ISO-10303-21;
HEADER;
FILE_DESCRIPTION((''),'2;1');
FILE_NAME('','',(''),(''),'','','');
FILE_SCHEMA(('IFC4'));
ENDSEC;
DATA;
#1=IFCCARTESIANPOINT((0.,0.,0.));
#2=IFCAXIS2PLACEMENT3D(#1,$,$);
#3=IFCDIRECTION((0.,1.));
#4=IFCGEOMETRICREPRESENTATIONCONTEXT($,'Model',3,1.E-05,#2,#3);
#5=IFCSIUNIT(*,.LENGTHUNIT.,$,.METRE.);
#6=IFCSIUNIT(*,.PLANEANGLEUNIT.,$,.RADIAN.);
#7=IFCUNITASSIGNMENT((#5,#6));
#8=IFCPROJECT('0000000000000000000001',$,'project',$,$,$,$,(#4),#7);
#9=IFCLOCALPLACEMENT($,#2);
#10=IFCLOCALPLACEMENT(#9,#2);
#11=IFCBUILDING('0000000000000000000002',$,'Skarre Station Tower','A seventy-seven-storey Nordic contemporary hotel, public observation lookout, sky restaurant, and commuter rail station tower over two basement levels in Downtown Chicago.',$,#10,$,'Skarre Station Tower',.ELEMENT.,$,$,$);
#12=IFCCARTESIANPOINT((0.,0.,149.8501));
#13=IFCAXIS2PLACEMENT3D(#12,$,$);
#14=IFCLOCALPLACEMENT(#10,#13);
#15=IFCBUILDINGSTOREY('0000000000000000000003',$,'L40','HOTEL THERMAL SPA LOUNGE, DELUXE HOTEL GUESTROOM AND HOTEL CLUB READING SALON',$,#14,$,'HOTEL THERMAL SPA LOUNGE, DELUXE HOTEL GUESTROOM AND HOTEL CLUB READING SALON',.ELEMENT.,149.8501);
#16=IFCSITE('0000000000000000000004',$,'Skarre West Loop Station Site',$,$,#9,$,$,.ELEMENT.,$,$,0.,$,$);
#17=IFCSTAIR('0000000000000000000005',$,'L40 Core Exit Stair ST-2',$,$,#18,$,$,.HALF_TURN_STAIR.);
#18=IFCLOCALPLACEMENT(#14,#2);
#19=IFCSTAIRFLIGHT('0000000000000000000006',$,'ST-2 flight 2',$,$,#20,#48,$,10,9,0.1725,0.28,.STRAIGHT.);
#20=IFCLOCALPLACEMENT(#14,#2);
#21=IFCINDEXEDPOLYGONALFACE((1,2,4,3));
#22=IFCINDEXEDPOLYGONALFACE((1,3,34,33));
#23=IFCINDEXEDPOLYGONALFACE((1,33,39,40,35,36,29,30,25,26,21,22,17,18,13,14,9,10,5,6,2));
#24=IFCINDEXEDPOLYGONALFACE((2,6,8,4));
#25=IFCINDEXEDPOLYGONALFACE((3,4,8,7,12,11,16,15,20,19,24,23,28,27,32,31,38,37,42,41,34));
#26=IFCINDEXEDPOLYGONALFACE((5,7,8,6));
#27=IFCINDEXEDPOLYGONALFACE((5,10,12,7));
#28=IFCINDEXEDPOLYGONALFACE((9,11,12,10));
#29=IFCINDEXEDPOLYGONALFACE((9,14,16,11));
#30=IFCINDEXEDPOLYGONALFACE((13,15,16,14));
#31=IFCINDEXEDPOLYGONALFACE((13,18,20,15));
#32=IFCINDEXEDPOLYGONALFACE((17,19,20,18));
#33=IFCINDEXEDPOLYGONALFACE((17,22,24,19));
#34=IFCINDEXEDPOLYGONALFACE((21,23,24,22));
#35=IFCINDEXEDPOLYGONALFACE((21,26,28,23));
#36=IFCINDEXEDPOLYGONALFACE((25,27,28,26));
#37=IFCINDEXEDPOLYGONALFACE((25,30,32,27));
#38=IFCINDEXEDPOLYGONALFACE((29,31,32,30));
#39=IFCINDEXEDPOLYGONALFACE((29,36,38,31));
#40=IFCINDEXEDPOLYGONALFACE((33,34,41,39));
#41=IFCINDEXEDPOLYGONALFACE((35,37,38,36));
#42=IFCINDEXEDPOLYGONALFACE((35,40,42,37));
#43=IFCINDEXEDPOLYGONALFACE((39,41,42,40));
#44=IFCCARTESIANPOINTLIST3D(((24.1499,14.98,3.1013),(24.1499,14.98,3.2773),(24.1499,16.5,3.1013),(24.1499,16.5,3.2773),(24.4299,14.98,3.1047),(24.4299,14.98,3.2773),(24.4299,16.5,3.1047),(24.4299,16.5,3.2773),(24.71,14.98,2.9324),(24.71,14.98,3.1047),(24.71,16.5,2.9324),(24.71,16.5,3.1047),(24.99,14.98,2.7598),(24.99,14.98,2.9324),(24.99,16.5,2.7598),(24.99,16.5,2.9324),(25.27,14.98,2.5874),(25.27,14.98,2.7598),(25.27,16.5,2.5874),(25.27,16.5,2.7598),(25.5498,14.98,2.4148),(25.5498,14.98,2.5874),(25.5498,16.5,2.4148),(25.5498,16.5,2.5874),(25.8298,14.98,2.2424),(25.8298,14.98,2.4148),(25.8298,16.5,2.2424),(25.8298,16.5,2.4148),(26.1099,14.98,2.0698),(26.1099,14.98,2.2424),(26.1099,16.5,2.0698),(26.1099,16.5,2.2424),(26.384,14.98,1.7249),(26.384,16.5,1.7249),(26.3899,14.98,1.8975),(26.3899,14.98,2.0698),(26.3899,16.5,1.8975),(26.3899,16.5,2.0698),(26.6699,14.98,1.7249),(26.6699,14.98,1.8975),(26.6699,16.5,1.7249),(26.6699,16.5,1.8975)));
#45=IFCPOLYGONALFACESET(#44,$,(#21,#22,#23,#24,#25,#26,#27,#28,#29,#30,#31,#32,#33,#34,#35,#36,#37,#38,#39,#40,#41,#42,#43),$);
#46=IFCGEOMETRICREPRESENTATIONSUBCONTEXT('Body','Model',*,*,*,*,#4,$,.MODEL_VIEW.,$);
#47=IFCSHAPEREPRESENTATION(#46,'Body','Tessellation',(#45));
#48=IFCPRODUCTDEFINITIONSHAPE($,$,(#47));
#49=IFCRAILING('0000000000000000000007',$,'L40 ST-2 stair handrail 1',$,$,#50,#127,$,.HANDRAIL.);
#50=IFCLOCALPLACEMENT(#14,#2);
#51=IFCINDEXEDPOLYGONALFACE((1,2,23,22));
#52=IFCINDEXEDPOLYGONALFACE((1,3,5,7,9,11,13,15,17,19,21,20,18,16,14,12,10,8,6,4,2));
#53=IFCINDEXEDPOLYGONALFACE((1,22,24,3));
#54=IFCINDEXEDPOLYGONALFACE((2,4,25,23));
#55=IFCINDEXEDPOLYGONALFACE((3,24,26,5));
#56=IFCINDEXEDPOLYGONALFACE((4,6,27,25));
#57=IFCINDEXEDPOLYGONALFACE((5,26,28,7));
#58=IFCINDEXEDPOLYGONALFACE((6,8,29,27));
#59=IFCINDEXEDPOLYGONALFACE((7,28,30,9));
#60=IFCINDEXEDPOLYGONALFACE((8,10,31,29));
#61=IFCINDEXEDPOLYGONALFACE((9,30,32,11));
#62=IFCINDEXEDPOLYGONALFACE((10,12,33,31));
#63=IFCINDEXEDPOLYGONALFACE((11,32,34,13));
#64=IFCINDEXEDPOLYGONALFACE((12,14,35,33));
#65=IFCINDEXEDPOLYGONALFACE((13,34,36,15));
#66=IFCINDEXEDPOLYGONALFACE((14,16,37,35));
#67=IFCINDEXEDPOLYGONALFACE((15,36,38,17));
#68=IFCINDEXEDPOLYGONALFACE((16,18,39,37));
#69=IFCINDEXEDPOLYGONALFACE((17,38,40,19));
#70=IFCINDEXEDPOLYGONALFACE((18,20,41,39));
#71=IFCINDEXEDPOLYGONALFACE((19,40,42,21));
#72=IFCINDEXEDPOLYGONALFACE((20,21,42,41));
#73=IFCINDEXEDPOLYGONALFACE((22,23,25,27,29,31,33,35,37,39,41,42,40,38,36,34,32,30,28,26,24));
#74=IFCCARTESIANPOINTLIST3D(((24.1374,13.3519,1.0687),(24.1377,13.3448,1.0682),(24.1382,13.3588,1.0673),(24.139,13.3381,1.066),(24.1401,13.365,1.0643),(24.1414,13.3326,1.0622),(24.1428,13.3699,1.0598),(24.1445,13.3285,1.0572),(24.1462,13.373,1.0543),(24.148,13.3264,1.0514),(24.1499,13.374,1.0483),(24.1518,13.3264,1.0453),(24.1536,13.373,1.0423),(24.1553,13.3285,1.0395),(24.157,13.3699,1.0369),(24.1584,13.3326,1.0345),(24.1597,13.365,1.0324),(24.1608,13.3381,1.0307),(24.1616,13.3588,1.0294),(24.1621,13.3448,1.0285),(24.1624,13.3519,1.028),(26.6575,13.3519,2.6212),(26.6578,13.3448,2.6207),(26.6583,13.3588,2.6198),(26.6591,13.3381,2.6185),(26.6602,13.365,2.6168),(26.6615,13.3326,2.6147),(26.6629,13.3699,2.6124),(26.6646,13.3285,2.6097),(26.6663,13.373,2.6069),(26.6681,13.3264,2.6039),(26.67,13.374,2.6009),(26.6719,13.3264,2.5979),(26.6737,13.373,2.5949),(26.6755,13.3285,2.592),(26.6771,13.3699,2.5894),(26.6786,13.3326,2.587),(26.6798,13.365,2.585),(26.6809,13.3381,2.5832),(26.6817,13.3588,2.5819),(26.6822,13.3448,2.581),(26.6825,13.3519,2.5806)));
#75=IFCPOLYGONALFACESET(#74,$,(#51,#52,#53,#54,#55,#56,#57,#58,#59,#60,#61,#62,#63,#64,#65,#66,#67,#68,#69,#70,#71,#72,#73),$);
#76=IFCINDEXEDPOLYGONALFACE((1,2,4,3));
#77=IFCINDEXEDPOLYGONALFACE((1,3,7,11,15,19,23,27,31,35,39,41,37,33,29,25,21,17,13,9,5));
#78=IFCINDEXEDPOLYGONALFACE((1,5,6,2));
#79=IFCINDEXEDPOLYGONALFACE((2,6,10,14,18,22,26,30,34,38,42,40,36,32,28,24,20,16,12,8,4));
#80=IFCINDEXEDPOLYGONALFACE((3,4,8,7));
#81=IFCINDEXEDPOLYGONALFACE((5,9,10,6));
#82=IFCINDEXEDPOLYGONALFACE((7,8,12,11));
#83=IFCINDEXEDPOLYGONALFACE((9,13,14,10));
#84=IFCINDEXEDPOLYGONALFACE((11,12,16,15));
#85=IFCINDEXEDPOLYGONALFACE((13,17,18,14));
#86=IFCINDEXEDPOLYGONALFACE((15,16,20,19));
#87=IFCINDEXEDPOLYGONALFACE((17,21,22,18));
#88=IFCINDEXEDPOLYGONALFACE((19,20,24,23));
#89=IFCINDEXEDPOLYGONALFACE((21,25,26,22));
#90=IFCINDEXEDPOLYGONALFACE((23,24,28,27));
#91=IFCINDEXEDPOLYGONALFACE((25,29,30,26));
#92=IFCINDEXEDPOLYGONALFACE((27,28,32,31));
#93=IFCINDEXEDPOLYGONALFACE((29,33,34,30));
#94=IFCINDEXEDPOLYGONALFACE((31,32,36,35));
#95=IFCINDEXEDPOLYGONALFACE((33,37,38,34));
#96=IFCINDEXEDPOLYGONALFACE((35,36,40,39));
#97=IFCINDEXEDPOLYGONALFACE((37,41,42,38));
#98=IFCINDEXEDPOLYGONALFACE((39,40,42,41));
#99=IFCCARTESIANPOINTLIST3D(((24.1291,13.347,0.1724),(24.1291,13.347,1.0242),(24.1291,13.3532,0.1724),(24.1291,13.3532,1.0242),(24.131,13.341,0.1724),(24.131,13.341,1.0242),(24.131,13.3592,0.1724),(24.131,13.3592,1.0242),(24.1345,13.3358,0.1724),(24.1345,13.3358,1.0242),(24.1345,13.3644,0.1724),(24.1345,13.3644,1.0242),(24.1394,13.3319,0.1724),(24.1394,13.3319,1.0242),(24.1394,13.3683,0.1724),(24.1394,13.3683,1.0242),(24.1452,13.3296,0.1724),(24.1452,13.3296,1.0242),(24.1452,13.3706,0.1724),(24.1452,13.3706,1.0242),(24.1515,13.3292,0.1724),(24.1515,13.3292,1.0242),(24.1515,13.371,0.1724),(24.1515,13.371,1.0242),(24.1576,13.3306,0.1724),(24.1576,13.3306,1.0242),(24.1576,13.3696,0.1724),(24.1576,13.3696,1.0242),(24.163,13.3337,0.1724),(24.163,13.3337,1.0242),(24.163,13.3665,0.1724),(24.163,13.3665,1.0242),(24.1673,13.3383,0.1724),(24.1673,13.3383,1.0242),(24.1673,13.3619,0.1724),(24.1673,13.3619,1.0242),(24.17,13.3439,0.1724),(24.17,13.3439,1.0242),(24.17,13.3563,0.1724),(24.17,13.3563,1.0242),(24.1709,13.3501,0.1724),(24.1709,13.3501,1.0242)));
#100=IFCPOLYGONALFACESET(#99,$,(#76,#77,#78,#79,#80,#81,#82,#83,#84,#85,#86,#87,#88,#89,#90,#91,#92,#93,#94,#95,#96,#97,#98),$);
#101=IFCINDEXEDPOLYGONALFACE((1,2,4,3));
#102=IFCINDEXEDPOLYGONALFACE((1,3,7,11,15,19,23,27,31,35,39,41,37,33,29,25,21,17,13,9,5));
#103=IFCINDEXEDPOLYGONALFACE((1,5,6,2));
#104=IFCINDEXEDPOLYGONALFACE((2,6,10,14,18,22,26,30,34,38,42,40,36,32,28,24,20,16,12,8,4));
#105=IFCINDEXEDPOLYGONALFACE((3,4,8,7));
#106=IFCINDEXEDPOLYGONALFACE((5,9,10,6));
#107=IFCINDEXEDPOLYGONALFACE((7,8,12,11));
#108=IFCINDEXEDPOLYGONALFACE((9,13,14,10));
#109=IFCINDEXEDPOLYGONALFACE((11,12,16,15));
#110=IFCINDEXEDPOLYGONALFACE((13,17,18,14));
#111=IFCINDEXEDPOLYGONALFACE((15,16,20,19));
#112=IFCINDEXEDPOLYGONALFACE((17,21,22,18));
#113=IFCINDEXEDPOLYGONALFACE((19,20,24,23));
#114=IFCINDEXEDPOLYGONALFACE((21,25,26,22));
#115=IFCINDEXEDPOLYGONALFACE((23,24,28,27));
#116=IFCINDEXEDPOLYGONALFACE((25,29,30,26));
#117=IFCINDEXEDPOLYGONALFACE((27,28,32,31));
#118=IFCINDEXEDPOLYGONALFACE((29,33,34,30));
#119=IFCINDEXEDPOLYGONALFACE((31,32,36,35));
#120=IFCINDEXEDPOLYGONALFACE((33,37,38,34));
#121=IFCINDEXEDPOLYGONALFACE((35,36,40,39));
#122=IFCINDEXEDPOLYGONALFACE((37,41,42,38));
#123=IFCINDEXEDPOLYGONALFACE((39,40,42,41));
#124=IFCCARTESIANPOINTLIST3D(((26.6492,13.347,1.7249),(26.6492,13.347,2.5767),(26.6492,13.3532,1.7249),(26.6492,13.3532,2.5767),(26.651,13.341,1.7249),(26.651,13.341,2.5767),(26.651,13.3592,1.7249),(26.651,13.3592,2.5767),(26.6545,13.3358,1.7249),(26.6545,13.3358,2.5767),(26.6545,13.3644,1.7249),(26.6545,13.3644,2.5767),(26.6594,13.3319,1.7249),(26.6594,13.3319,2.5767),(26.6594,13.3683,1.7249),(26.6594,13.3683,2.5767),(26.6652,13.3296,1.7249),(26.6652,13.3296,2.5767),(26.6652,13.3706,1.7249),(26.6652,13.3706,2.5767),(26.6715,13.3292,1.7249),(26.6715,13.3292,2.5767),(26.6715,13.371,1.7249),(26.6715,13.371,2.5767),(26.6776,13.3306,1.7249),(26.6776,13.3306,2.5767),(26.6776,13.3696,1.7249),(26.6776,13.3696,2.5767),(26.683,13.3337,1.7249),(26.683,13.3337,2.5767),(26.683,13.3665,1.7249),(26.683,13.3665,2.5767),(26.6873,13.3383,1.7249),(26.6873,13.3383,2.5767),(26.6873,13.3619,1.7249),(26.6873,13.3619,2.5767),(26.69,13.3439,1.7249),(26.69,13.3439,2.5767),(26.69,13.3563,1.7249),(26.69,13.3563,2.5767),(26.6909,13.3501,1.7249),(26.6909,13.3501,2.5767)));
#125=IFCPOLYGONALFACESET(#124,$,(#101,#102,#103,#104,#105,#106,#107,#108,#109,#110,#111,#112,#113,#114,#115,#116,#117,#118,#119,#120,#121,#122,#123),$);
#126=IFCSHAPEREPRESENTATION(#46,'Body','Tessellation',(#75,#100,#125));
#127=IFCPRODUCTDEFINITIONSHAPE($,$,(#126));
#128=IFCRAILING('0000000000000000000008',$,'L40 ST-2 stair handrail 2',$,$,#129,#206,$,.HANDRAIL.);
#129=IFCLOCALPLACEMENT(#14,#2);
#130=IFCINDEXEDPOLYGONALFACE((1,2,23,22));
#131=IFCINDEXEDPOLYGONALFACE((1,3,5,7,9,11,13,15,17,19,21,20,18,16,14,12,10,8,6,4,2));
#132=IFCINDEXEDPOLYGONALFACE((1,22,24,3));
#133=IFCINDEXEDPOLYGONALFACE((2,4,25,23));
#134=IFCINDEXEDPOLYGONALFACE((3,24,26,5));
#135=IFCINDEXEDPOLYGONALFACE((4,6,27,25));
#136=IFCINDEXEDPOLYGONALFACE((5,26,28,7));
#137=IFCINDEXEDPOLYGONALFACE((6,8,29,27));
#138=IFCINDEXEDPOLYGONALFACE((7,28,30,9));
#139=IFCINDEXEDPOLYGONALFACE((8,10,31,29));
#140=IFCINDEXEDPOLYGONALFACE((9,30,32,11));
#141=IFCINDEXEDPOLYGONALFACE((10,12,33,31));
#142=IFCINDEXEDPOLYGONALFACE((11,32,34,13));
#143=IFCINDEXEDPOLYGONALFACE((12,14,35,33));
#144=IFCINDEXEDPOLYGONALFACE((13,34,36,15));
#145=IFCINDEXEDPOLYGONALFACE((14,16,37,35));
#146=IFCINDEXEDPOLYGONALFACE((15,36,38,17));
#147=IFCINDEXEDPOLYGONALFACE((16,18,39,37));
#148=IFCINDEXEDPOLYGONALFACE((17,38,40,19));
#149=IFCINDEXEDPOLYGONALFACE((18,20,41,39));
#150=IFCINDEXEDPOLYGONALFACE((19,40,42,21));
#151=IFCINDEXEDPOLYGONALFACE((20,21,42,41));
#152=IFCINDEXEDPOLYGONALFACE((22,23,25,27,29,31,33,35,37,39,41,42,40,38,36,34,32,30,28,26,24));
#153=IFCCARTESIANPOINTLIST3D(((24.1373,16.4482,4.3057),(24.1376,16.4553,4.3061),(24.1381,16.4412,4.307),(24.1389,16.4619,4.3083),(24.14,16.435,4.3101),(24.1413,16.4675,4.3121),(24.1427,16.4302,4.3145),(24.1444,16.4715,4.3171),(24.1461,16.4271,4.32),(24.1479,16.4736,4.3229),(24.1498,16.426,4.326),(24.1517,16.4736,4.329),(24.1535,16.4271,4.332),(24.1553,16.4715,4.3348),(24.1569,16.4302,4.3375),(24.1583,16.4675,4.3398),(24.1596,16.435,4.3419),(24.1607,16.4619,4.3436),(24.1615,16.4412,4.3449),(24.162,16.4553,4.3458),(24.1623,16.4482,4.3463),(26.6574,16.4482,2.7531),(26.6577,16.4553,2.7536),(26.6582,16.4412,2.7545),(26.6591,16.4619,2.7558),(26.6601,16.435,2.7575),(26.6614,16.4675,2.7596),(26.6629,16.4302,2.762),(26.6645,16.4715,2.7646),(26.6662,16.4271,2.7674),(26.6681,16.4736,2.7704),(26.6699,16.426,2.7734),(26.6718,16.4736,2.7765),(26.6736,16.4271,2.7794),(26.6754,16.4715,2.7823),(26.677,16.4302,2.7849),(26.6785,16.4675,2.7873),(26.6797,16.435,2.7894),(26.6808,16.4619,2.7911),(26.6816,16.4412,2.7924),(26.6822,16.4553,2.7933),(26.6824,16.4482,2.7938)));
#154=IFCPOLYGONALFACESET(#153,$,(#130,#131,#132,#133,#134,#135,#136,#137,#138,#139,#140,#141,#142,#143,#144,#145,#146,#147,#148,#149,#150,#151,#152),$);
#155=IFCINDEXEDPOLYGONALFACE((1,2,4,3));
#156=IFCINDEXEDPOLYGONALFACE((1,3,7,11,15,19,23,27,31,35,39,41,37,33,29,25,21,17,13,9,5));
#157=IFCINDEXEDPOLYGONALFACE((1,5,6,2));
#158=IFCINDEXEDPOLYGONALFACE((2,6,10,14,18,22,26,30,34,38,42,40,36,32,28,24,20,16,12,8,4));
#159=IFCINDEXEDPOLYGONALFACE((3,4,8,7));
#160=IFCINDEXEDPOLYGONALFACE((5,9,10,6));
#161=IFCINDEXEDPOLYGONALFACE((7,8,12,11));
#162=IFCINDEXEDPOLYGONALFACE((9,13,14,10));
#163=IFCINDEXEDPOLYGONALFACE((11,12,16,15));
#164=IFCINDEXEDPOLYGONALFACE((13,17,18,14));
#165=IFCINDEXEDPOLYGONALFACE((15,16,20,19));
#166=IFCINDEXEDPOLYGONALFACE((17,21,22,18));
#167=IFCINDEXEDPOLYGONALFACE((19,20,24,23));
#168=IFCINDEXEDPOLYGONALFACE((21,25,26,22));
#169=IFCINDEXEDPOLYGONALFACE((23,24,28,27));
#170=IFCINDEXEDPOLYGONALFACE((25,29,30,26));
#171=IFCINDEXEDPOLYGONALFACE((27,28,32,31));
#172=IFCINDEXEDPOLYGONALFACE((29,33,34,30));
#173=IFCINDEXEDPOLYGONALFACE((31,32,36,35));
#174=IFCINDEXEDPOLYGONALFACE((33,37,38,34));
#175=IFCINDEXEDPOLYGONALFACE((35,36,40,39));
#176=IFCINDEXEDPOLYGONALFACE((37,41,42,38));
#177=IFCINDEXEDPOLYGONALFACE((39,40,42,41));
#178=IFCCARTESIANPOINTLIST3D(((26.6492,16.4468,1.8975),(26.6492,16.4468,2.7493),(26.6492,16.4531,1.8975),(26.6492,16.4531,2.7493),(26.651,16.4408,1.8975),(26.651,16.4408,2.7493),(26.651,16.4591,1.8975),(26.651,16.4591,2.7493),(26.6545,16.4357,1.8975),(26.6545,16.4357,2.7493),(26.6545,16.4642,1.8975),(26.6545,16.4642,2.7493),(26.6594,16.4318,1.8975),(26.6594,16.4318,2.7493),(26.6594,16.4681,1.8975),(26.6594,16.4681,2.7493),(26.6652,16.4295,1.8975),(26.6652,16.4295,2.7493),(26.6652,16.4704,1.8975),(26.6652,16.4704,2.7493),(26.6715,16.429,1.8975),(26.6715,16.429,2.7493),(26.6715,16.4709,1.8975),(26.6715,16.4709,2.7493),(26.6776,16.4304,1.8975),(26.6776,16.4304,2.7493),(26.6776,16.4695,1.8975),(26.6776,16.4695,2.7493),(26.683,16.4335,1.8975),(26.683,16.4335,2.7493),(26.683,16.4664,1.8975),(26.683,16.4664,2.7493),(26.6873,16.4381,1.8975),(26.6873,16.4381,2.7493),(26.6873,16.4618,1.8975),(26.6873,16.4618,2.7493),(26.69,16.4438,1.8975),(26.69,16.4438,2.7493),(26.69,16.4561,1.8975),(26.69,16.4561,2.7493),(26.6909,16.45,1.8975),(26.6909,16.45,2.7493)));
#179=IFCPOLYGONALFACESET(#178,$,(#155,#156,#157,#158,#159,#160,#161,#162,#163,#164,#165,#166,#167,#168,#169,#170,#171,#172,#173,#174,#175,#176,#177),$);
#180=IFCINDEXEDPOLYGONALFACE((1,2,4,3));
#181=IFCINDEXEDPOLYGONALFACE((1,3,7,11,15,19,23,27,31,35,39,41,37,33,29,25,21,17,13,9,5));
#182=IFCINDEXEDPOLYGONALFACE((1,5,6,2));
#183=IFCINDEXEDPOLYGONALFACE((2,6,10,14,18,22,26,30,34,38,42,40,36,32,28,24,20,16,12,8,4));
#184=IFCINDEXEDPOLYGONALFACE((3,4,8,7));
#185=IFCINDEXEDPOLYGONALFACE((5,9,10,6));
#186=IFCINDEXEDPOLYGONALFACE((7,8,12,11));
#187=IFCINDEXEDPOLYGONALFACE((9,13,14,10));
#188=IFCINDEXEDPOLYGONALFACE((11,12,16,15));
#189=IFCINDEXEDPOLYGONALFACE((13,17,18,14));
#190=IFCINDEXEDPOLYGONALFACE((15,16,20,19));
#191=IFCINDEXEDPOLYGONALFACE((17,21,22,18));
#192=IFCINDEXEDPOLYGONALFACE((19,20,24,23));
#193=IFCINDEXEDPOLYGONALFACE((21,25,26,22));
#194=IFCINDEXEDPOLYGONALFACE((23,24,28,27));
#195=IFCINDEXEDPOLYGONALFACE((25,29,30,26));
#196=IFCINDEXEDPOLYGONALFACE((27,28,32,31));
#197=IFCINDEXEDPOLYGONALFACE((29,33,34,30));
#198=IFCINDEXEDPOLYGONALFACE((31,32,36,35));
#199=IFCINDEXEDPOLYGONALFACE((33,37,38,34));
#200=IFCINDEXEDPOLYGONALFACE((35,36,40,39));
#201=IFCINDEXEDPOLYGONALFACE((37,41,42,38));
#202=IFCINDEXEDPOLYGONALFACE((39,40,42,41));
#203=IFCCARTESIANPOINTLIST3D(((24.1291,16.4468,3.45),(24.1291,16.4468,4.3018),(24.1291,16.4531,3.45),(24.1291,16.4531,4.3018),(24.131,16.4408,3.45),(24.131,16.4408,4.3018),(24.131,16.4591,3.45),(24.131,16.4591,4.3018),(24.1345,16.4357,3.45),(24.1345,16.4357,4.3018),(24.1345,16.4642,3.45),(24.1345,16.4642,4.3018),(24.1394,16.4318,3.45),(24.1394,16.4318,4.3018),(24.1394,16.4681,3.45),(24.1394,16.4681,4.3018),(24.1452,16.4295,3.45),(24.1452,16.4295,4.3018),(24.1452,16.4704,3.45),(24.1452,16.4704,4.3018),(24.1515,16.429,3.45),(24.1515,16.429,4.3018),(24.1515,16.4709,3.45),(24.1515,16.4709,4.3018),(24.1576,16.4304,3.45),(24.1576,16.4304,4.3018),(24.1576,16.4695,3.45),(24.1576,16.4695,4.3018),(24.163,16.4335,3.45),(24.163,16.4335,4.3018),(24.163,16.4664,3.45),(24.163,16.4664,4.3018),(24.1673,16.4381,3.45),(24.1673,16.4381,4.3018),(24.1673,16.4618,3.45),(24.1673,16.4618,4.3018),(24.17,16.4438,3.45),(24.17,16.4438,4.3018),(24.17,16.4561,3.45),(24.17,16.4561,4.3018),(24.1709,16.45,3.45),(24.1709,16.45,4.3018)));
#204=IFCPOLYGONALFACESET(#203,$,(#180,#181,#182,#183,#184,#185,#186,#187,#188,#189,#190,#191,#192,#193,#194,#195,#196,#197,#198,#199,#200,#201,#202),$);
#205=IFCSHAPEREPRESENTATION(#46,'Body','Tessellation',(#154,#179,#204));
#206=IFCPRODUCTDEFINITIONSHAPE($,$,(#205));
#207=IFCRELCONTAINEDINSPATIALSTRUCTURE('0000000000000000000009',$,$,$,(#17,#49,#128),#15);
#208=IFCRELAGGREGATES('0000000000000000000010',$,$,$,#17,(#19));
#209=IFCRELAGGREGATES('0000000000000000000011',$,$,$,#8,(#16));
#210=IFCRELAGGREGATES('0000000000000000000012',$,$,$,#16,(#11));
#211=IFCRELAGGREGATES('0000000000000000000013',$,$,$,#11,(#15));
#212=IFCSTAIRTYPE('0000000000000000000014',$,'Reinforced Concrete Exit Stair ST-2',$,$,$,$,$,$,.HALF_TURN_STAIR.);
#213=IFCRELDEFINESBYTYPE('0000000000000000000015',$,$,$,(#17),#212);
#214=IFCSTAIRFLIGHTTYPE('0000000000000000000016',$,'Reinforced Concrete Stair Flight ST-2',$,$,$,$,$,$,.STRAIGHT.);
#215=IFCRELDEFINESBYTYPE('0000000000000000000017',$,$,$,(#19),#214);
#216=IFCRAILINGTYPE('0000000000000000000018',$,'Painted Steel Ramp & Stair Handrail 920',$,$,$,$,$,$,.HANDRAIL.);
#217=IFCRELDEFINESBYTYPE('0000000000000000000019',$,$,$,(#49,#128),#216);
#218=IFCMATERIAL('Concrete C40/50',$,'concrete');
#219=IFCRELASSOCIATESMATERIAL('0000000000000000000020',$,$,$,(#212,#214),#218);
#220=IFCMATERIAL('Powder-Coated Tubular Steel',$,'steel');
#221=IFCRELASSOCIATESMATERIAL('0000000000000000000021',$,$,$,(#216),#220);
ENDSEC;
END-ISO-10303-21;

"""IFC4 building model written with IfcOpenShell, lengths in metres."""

from ifc_helpers import new_model, si_unit, direction, frame, origin, origin_2d, place, context, subcontext, project, spatial, polyline, circle, outline, extrude, material, type_object, element, aggregate, save


model = new_model("IFC4")

# Units and contexts
model_context = context("Model", 3, precision=1e-05, world=origin(), true_north=direction((0.0, 1.0)))
body_context = subcontext(model_context, "Body", "Model", "MODEL_VIEW")
ifc_project = project(units=[si_unit("LENGTHUNIT", "METRE"), si_unit("PLANEANGLEUNIT", "RADIAN")], contexts=[model_context])

# Site, building, storey
site_placement = place(None, origin())
site = spatial("IfcSite", under=ifc_project, at=site_placement, Name="Skarre West Loop Station Site", CompositionType="ELEMENT", RefElevation=0.0)
building_placement = place(site_placement, origin())
building = spatial("IfcBuilding", under=site, at=building_placement, Name="Skarre Station Tower", Description="A seventy-seven-storey Nordic contemporary hotel, public observation lookout, sky restaurant, and commuter rail station tower over two basement levels in Downtown Chicago.", LongName="Skarre Station Tower", CompositionType="ELEMENT")
storey_placement = place(building_placement, frame((0.0, 0.0, 149.8501)))
storey = spatial("IfcBuildingStorey", under=building, at=storey_placement, Name="L40", Description="HOTEL THERMAL SPA LOUNGE, DELUXE HOTEL GUESTROOM AND HOTEL CLUB READING SALON", LongName="HOTEL THERMAL SPA LOUNGE, DELUXE HOTEL GUESTROOM AND HOTEL CLUB READING SALON", CompositionType="ELEMENT", Elevation=149.8501)

# Stair, stair flight
ifc_material_1 = material(Name="Concrete C40/50", Category="concrete")
stair_type = type_object("IfcStairType", Name="Reinforced Concrete Exit Stair ST-2", PredefinedType="HALF_TURN_STAIR", material=ifc_material_1)
stair_placement = place(storey_placement, origin())
stair = element("IfcStair", 1, at=stair_placement, inside=storey, type_object=stair_type, Name="L40 Core Exit Stair ST-2", PredefinedType="HALF_TURN_STAIR")
stair_flight_type = type_object("IfcStairFlightType", Name="Reinforced Concrete Stair Flight ST-2", PredefinedType="STRAIGHT", material=ifc_material_1)
stair_flight_1_placement = place(storey_placement, frame((26.6699, 15.74, 1.7249), z_axis=(0.0, 0.0, 1.0), x_axis=(-1.0, 0.0, 0.0)))
stair_flight_1 = element("IfcStairFlight", 2, at=stair_flight_1_placement, type_object=stair_flight_type, Name="ST-2 flight 2", NumberOfRisers=10, NumberOfTreads=9, PredefinedType="STRAIGHT", RiserHeight=0.1725, TreadLength=0.28, context=body_context, shape_type="SweptSolid", body=[
    extrude(outline(polyline([(0.0, 0.0), (0.0, 0.1726), (0.28, 0.1726), (0.28, 0.345), (0.5601, 0.345), (0.5601, 0.5176), (0.8401, 0.5176), (0.8401, 0.6899), (1.1201, 0.6899), (1.1201, 0.8625), (1.3999, 0.8625), (1.3999, 1.0349), (1.6799, 1.0349), (1.6799, 1.2075), (1.96, 1.2075), (1.96, 1.3799), (2.24, 1.3799), (2.24, 1.5525), (2.52, 1.5525), (2.52, 1.7251), (2.52, 1.3765), (0.2859, 0.0), (0.0, 0.0)])), frame((0.0, 0.76, 0.0), z_axis=(0.0, -1.0, 0.0), x_axis=(1.0, 0.0, 0.0)), (0.0, 0.0, 1.0), 1.52),
])
aggregate(stair, [stair_flight_1])

# Railings
ifc_material_2 = material(Name="Powder-Coated Tubular Steel", Category="steel")
railing_type_1 = type_object("IfcRailingType", Name="Painted Steel Ramp & Stair Handrail 920", PredefinedType="HANDRAIL", material=ifc_material_2)
railing_1_placement = place(storey_placement, frame((24.1499, 13.3501, 0.1724)))
element("IfcRailing", 3, at=railing_1_placement, inside=storey, type_object=railing_type_1, Name="L40 ST-2 stair handrail 1", PredefinedType="HANDRAIL", context=body_context, shape_type="SweptSolid", body=[
    extrude(circle(Radius=0.0239, at=origin_2d()), frame((0.0, 0.0, 0.876), z_axis=(0.8514, 0.0, 0.524516), x_axis=(0.0, 1.0, 0.0)), (0.0, 0.0, 1.0), 2.96),
    extrude(circle(Radius=0.021, at=origin_2d()), origin(), (0.0, 0.0, 1.0), 0.8518),
    extrude(circle(Radius=0.021, at=origin_2d()), frame((2.52, 0.0, 1.5525)), (0.0, 0.0, 1.0), 0.8518),
])
railing_2_placement = place(storey_placement, frame((26.6699, 16.45, 1.8975)))
element("IfcRailing", 4, at=railing_2_placement, inside=storey, type_object=railing_type_1, Name="L40 ST-2 stair handrail 2", PredefinedType="HANDRAIL", context=body_context, shape_type="SweptSolid", body=[
    extrude(circle(Radius=0.0239, at=origin_2d()), frame((0.0, 0.0, 0.876), z_axis=(-0.8514, 0.0, 0.524516), x_axis=(0.0, -1.0, 0.0)), (0.0, 0.0, 1.0), 2.96),
    extrude(circle(Radius=0.021, at=origin_2d()), origin(), (0.0, 0.0, 1.0), 0.8518),
    extrude(circle(Radius=0.021, at=origin_2d()), frame((-2.52, 0.0, 1.5525)), (0.0, 0.0, 1.0), 0.8518),
])

save(model, "model.ifc")
